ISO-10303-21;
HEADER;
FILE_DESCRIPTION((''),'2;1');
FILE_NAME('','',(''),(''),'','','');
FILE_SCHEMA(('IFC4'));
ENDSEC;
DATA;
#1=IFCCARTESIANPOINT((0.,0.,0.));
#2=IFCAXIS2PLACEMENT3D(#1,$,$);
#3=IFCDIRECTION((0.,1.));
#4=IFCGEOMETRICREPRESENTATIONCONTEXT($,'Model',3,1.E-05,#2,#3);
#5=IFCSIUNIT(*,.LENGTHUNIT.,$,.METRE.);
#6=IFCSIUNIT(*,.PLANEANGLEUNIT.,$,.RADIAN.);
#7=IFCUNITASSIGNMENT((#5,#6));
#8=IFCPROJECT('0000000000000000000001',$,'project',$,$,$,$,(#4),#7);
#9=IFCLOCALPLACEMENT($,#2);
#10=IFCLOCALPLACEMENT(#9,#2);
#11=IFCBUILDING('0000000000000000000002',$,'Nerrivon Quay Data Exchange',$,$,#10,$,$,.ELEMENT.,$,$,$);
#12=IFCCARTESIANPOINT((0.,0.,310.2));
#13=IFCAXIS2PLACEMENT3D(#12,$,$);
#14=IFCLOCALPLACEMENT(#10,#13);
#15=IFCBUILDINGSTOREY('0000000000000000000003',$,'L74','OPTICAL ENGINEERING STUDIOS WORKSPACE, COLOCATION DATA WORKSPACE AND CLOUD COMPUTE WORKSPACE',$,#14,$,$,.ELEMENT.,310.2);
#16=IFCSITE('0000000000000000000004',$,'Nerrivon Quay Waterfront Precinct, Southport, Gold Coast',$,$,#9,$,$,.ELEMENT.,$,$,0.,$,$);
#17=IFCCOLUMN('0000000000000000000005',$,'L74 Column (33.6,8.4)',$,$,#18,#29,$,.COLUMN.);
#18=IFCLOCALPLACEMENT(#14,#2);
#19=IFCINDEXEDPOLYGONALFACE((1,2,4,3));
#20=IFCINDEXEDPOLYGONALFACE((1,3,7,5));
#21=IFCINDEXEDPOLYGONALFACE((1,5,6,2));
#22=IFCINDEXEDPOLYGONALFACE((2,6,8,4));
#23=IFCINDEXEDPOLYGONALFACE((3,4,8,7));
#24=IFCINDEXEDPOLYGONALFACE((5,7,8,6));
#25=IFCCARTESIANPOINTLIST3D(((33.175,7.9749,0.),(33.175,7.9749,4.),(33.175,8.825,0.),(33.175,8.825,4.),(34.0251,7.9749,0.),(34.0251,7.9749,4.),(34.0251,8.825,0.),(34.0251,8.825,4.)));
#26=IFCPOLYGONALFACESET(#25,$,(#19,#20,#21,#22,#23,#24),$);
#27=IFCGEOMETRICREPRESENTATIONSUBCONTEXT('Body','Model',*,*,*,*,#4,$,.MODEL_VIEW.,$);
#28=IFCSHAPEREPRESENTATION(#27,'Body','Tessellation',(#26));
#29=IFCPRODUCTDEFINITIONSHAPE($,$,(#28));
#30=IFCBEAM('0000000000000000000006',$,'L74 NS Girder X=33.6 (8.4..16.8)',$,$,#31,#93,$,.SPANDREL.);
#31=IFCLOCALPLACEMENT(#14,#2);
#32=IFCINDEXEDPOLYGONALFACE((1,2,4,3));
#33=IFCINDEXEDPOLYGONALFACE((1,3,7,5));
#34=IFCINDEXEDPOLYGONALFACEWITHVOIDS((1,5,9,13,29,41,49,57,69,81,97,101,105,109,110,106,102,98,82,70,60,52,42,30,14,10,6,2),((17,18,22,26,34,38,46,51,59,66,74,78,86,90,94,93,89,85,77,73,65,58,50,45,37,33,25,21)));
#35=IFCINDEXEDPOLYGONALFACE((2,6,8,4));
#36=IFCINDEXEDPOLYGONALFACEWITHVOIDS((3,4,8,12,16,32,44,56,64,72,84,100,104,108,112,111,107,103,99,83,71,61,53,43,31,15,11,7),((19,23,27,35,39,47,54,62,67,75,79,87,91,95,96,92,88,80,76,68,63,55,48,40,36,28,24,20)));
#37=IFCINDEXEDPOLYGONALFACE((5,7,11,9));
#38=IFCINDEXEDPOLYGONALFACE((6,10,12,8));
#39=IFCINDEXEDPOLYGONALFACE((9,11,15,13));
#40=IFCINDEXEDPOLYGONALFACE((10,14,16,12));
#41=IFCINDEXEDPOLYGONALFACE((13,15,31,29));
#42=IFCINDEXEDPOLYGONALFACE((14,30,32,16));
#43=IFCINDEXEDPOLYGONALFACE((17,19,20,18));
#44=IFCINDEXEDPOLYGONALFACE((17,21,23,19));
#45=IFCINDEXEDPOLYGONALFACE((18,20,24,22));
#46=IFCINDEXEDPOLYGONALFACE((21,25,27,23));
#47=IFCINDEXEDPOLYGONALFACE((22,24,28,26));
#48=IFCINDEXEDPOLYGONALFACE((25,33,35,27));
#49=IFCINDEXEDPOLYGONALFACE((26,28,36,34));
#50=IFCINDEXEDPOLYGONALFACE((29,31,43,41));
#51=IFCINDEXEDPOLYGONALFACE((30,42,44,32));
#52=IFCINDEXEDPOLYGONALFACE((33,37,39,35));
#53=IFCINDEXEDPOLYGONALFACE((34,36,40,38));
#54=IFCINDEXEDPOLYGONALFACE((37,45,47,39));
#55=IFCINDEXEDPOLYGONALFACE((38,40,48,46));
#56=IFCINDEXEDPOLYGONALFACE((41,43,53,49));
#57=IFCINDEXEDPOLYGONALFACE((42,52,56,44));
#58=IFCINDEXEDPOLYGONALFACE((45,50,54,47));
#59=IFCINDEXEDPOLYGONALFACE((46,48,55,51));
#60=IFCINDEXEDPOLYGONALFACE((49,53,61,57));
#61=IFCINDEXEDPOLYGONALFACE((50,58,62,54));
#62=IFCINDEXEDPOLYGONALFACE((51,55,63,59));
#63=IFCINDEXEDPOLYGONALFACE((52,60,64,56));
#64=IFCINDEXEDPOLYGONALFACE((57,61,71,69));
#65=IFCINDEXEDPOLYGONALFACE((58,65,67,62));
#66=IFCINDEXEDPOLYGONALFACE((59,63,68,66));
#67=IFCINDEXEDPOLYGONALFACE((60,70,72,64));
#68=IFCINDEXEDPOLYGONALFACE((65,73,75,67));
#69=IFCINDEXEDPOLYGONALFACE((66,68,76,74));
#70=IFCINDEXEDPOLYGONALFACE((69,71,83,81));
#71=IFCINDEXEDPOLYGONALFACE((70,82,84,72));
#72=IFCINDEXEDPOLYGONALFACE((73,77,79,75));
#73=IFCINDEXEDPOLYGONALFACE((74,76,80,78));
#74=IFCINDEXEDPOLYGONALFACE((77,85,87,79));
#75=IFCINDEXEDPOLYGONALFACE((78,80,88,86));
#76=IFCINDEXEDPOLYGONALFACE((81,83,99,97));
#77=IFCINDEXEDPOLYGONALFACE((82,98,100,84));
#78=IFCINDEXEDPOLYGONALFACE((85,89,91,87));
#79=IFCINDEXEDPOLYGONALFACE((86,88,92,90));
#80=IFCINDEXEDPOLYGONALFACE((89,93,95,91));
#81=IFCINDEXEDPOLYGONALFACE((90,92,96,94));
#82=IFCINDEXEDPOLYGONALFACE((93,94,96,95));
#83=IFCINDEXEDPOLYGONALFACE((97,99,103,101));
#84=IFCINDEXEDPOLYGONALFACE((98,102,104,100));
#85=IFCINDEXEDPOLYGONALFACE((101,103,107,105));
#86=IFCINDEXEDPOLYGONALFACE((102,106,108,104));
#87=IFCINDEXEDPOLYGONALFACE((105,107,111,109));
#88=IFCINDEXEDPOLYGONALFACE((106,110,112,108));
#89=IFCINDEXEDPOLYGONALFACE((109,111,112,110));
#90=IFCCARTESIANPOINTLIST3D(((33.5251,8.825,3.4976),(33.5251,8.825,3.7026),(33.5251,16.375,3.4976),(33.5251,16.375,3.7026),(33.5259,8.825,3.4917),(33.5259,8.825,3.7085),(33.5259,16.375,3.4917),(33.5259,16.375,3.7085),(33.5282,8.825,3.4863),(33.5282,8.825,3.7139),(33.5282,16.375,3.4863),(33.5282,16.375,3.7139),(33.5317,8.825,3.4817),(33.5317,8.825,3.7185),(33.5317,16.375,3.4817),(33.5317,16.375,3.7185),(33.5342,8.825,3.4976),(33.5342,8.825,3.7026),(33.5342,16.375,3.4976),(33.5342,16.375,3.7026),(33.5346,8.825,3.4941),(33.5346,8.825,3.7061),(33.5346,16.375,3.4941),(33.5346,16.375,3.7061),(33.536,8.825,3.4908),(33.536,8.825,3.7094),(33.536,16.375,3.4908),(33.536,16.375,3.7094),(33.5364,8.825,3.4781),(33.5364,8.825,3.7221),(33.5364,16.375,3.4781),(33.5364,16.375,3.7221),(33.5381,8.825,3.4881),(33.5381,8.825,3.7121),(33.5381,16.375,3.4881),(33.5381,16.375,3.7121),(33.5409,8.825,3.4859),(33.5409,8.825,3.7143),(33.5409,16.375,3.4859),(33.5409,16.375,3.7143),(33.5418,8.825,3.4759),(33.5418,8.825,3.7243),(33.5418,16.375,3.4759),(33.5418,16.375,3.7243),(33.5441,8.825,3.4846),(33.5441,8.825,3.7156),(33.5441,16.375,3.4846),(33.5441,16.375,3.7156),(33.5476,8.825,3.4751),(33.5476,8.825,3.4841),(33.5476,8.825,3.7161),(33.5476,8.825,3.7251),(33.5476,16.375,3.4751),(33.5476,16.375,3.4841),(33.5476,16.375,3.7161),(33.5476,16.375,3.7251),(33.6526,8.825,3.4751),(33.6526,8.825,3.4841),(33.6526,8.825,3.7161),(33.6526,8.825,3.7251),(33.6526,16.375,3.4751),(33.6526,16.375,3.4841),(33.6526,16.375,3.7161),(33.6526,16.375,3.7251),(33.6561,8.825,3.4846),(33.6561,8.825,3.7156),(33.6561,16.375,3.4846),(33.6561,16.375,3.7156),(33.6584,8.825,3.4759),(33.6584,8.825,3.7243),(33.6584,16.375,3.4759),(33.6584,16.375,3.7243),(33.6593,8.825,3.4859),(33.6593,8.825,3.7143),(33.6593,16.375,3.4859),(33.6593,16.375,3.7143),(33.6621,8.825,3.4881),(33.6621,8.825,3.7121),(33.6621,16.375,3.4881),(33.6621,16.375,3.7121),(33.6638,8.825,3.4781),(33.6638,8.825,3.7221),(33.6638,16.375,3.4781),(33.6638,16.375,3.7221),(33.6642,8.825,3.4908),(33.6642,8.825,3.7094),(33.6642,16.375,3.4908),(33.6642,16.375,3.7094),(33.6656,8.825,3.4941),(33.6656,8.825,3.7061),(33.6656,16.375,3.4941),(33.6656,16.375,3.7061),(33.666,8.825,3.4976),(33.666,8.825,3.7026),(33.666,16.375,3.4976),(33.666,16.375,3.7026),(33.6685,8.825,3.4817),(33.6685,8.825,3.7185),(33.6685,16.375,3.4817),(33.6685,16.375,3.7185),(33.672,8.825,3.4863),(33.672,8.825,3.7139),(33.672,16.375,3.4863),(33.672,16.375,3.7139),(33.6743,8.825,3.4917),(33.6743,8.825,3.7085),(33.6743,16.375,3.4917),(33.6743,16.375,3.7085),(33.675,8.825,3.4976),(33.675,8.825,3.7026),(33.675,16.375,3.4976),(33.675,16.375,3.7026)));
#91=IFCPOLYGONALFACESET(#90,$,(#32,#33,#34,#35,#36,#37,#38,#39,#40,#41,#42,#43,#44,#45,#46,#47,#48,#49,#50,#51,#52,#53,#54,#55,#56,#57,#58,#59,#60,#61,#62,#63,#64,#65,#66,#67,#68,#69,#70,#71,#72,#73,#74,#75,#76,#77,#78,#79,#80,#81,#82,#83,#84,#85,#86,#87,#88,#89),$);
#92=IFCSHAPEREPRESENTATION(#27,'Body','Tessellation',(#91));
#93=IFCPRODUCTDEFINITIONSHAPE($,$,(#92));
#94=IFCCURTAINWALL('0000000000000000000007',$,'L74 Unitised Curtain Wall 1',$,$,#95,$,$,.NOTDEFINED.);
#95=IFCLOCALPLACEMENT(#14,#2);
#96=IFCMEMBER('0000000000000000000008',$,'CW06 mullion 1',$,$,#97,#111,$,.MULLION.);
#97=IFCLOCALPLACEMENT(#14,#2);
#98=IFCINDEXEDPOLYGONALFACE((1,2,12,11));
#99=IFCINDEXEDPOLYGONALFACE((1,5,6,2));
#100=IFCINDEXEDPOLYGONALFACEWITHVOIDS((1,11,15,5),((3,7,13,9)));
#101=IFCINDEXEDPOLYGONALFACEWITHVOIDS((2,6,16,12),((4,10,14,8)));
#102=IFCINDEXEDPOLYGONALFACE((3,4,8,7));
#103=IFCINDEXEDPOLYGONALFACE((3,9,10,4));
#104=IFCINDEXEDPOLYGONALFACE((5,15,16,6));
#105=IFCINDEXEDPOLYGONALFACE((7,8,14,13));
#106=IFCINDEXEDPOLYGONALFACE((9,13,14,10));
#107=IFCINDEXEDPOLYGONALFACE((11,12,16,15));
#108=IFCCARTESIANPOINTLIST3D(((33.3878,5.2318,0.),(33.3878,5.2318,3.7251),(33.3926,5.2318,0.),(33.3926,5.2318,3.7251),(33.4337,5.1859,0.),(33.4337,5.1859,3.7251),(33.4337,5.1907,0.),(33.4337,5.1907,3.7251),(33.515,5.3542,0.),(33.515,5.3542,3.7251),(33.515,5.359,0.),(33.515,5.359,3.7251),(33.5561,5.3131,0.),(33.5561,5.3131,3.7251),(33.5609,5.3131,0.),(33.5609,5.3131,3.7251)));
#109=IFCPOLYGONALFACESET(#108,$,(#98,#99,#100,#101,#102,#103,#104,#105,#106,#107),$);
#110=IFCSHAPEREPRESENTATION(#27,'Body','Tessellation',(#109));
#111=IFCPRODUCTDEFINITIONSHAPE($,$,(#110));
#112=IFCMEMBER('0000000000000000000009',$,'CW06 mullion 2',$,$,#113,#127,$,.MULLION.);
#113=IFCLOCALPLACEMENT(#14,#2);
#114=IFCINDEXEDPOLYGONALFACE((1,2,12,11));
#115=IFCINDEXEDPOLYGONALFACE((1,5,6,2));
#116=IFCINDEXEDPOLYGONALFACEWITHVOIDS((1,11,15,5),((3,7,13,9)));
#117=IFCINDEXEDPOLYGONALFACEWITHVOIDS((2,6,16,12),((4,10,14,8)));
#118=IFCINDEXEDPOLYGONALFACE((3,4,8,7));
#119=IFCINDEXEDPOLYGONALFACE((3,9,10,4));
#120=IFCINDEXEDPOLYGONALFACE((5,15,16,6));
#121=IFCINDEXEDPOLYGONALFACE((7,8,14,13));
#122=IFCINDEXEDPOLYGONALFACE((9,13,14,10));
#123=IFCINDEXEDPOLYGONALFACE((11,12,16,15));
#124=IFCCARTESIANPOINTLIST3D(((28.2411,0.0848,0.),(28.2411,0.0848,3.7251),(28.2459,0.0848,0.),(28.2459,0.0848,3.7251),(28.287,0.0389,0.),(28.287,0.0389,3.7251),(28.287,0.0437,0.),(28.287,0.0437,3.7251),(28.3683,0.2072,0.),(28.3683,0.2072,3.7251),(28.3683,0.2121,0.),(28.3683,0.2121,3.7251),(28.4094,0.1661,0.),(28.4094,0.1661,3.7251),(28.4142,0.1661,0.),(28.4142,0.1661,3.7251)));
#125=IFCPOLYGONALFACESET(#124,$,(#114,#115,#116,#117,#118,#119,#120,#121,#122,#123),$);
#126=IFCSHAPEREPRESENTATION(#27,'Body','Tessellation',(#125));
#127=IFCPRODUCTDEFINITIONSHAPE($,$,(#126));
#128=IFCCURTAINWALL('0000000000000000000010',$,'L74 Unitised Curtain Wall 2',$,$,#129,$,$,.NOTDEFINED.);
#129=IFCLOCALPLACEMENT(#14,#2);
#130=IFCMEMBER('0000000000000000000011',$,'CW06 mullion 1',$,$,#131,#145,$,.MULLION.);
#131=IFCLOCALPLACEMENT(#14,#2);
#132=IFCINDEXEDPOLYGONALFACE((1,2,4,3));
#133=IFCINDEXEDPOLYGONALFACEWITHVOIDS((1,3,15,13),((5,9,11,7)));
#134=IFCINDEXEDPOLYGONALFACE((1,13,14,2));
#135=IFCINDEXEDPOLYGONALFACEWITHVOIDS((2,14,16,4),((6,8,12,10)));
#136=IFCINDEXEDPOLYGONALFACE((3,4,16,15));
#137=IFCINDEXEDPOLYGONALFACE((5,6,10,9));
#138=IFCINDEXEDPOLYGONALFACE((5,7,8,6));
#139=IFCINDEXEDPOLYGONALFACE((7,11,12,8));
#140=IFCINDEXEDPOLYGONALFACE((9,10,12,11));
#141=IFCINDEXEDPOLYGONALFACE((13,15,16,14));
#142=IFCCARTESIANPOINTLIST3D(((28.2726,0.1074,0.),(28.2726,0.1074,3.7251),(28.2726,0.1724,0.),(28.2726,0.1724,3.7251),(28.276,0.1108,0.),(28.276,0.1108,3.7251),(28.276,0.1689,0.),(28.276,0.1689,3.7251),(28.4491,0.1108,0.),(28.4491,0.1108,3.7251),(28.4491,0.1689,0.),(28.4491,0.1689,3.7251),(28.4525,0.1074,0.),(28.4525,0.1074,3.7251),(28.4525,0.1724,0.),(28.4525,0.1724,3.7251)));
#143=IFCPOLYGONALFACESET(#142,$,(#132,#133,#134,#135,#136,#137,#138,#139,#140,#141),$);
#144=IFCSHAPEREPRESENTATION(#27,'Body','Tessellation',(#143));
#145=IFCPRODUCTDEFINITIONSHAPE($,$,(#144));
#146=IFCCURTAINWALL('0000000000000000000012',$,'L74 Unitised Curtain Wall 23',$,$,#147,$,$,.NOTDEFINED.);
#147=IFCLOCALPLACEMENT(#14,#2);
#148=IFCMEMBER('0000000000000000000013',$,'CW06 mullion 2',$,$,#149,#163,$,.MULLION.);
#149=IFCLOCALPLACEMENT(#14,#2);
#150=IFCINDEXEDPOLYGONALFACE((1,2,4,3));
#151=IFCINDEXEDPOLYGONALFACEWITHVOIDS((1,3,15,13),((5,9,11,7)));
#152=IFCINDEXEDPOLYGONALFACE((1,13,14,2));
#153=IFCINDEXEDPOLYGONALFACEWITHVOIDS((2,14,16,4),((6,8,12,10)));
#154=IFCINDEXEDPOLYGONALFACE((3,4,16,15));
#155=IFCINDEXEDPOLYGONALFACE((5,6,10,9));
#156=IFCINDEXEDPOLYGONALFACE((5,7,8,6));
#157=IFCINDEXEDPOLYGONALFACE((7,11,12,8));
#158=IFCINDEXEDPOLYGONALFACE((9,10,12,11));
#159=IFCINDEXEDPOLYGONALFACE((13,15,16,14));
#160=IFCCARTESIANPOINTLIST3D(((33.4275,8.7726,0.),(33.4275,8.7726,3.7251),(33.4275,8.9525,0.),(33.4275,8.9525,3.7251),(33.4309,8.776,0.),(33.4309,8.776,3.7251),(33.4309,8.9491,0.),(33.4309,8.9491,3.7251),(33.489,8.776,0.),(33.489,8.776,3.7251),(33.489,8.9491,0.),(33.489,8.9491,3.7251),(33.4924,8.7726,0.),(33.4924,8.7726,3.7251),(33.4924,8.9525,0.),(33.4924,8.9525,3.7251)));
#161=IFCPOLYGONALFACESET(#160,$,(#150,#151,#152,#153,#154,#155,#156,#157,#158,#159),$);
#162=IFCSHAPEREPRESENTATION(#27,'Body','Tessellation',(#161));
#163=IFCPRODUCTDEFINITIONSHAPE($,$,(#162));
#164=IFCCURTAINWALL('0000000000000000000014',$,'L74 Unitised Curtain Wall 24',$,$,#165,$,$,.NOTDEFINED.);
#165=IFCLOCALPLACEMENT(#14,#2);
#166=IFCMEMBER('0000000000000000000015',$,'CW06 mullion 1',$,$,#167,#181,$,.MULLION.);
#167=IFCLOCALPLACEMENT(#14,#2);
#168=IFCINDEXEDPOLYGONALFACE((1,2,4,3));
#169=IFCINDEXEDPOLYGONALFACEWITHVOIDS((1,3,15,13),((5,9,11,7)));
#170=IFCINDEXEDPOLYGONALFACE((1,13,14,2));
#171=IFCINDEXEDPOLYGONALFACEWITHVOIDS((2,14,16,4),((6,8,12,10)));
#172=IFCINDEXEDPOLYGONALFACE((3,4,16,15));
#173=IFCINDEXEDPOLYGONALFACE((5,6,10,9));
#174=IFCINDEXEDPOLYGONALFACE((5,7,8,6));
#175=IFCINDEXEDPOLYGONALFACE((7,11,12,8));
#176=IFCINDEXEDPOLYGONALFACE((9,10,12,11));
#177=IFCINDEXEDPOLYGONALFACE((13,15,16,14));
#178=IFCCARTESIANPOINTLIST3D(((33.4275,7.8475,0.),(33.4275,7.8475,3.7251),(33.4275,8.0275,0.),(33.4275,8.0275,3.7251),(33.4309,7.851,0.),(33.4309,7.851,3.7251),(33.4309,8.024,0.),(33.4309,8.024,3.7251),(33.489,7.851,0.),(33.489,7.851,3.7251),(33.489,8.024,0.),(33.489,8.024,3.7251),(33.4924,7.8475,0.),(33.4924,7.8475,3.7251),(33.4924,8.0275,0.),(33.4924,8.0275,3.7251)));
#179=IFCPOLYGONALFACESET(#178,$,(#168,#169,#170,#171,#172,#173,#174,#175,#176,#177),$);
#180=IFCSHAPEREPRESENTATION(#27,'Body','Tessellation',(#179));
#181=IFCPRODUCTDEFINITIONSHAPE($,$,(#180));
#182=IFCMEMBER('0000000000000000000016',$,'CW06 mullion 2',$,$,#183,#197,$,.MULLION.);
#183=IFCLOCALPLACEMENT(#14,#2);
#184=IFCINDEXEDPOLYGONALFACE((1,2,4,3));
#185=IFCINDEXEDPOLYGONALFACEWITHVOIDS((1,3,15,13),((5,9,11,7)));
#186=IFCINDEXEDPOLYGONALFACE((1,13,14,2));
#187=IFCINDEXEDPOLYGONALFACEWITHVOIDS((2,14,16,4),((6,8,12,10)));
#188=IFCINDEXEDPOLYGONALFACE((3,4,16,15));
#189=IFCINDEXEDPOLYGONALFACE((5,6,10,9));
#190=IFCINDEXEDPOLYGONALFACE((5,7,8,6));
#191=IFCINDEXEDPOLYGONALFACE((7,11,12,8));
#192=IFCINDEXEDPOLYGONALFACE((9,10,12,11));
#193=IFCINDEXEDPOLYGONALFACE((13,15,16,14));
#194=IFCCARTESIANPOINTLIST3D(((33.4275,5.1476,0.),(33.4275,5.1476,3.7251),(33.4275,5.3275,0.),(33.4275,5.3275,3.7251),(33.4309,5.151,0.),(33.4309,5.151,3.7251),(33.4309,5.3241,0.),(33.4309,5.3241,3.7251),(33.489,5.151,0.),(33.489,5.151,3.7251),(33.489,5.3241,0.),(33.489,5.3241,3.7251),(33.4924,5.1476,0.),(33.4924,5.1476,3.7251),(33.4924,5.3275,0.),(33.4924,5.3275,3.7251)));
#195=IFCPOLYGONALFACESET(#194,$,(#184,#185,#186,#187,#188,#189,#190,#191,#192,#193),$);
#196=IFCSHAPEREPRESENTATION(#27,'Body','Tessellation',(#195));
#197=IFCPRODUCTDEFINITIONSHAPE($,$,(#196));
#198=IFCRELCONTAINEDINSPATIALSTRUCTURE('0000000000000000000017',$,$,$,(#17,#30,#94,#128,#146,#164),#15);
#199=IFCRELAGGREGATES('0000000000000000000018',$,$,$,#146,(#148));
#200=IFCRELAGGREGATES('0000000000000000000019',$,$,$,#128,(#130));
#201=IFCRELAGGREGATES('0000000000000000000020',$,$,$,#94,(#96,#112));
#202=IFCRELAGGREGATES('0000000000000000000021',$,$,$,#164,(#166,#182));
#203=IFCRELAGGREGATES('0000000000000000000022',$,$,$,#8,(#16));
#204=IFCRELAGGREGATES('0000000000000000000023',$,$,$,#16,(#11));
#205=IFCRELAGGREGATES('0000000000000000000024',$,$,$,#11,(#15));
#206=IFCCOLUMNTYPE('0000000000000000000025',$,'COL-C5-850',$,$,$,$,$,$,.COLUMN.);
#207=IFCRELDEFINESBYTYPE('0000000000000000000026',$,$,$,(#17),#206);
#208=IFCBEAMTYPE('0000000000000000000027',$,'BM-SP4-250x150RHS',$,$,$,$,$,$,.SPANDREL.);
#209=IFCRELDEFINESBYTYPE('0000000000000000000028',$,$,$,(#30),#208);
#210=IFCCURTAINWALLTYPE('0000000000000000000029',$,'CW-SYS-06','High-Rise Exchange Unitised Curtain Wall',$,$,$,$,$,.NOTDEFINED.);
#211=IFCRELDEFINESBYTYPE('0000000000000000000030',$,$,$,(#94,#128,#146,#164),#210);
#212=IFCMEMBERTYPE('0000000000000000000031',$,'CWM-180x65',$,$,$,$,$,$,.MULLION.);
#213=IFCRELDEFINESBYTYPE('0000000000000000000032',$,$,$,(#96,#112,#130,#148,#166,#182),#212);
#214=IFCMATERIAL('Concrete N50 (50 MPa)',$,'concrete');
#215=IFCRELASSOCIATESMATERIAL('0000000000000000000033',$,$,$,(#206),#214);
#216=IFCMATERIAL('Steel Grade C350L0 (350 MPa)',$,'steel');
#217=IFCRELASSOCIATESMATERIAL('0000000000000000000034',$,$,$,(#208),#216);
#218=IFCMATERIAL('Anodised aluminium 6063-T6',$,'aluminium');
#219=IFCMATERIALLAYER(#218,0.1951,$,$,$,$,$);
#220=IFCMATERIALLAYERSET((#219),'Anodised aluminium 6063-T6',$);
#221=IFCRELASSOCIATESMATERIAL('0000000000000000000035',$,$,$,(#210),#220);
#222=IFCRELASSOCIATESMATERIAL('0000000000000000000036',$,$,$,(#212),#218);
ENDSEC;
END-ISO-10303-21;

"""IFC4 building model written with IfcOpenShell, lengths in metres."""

from ifc_helpers import new_model, si_unit, direction, frame, origin, origin_2d, place, context, subcontext, project, spatial, rectangle, hollow_rectangle, extrude, material, layer, layer_set, material_profile, profile_set, type_object, element, aggregate, save


model = new_model("IFC4")

# Units and contexts
model_context = context("Model", 3, precision=1e-05, world=origin(), true_north=direction((0.0, 1.0)))
body_context = subcontext(model_context, "Body", "Model", "MODEL_VIEW")
ifc_project = project(units=[si_unit("LENGTHUNIT", "METRE"), si_unit("PLANEANGLEUNIT", "RADIAN")], contexts=[model_context])

# Site, building, storey
site_placement = place(None, origin())
site = spatial("IfcSite", under=ifc_project, at=site_placement, Name="Nerrivon Quay Waterfront Precinct, Southport, Gold Coast", CompositionType="ELEMENT", RefElevation=0.0)
building_placement = place(site_placement, origin())
building = spatial("IfcBuilding", under=site, at=building_placement, Name="Nerrivon Quay Data Exchange", CompositionType="ELEMENT")
storey_placement = place(building_placement, frame((0.0, 0.0, 310.2)))
storey = spatial("IfcBuildingStorey", under=building, at=storey_placement, Name="L74", Description="OPTICAL ENGINEERING STUDIOS WORKSPACE, COLOCATION DATA WORKSPACE AND CLOUD COMPUTE WORKSPACE", CompositionType="ELEMENT", Elevation=310.2)

# Column
ifc_material_1 = material(Name="Concrete N50 (50 MPa)", Category="concrete")
ifc_material_profile_1 = material_profile(ifc_material_1, rectangle(XDim=0.8501, YDim=0.8501, at=origin_2d()), Name="RC-COL-850x850")
ifc_profile_set_1 = profile_set([ifc_material_profile_1], Name="Concrete N50 (50 MPa)")
column_type = type_object("IfcColumnType", Name="COL-C5-850", PredefinedType="COLUMN", material=ifc_profile_set_1)
column_placement = place(storey_placement, frame((33.6001, 8.3999, 0.0), z_axis=(0.0, 0.0, 1.0), x_axis=(1.0, 0.0, 0.0)))
element("IfcColumn", 1, at=column_placement, inside=storey, type_object=column_type, Name="L74 Column (33.6,8.4)", PredefinedType="COLUMN", context=body_context, shape_type="SweptSolid", body=[
    extrude(rectangle(XDim=0.8501, YDim=0.8501, at=origin_2d()), origin(), (0.0, 0.0, 1.0), 4.0),
])

# Beam
ifc_material_2 = material(Name="Steel Grade C350L0 (350 MPa)", Category="steel")
ifc_material_profile_2 = material_profile(ifc_material_2, hollow_rectangle(XDim=0.1499, YDim=0.25, WallThickness=0.009, InnerFilletRadius=0.0134, OuterFilletRadius=0.0225, at=origin_2d()), Name="250x150x9.0RHS")
ifc_profile_set_2 = profile_set([ifc_material_profile_2], Name="Steel Grade C350L0 (350 MPa)")
beam_type = type_object("IfcBeamType", Name="BM-SP4-250x150RHS", PredefinedType="SPANDREL", material=ifc_profile_set_2)
beam_placement = place(storey_placement, frame((33.6001, 8.825, 3.6001), z_axis=(0.0, 1.0, 0.0), x_axis=(-1.0, 0.0, 0.0)))
element("IfcBeam", 2, at=beam_placement, inside=storey, type_object=beam_type, Name="L74 NS Girder X=33.6 (8.4..16.8)", PredefinedType="SPANDREL", context=body_context, shape_type="SweptSolid", body=[
    extrude(hollow_rectangle(XDim=0.1499, YDim=0.25, WallThickness=0.009, InnerFilletRadius=0.0134, OuterFilletRadius=0.0225, at=origin_2d()), origin(), (0.0, 0.0, 1.0), 7.55),
])

# Curtain wall, members
ifc_material_3 = material(Name="Anodised aluminium 6063-T6", Category="aluminium")
ifc_layer_1 = layer(ifc_material_3, 0.1951)
ifc_layer_set_1 = layer_set([ifc_layer_1], Name="Anodised aluminium 6063-T6")
curtain_wall_type = type_object("IfcCurtainWallType", Name="CW-SYS-06", Description="High-Rise Exchange Unitised Curtain Wall", PredefinedType="NOTDEFINED", material=ifc_layer_set_1)
curtain_wall_1_placement = place(storey_placement, origin())
curtain_wall_1 = element("IfcCurtainWall", 3, at=curtain_wall_1_placement, inside=storey, type_object=curtain_wall_type, Name="L74 Unitised Curtain Wall 1", PredefinedType="NOTDEFINED")
ifc_material_profile_3 = material_profile(ifc_material_3, hollow_rectangle(XDim=0.0649, YDim=0.1799, WallThickness=0.0034, at=origin_2d()), Name="ALU-MULL-180x65")
ifc_profile_set_3 = profile_set([ifc_material_profile_3], Name="Anodised aluminium 6063-T6")
member_type_1 = type_object("IfcMemberType", Name="CWM-180x65", PredefinedType="MULLION", material=ifc_profile_set_3)
member_1_placement = place(storey_placement, frame((33.4744, 5.2725, 0.0), z_axis=(0.0, 0.0, 1.0), x_axis=(0.707107, -0.707107, 0.0)))
member_1 = element("IfcMember", 4, at=member_1_placement, type_object=member_type_1, Name="CW06 mullion 1", PredefinedType="MULLION", context=body_context, shape_type="SweptSolid", body=[
    extrude(hollow_rectangle(XDim=0.0649, YDim=0.1799, WallThickness=0.0034, at=origin_2d()), origin(), (0.0, 0.0, 1.0), 3.7251),
])
member_2_placement = place(storey_placement, frame((28.3276, 0.1255, 0.0), z_axis=(0.0, 0.0, 1.0), x_axis=(0.707107, -0.707107, 0.0)))
member_2 = element("IfcMember", 5, at=member_2_placement, type_object=member_type_1, Name="CW06 mullion 2", PredefinedType="MULLION", context=body_context, shape_type="SweptSolid", body=[
    extrude(hollow_rectangle(XDim=0.0649, YDim=0.1799, WallThickness=0.0034, at=origin_2d()), origin(), (0.0, 0.0, 1.0), 3.7251),
])

# Curtain walls, members
curtain_wall_2_placement = place(storey_placement, origin())
curtain_wall_2 = element("IfcCurtainWall", 6, at=curtain_wall_2_placement, inside=storey, type_object=curtain_wall_type, Name="L74 Unitised Curtain Wall 2", PredefinedType="NOTDEFINED")
member_3_placement = place(storey_placement, frame((28.3625, 0.1399, 0.0), z_axis=(0.0, 0.0, 1.0), x_axis=(0.0, -1.0, 0.0)))
member_3 = element("IfcMember", 7, at=member_3_placement, type_object=member_type_1, Name="CW06 mullion 1", PredefinedType="MULLION", context=body_context, shape_type="SweptSolid", body=[
    extrude(hollow_rectangle(XDim=0.0649, YDim=0.1799, WallThickness=0.0034, at=origin_2d()), origin(), (0.0, 0.0, 1.0), 3.7251),
])
curtain_wall_3_placement = place(storey_placement, origin())
curtain_wall_3 = element("IfcCurtainWall", 8, at=curtain_wall_3_placement, inside=storey, type_object=curtain_wall_type, Name="L74 Unitised Curtain Wall 23", PredefinedType="NOTDEFINED")
member_4_placement = place(storey_placement, frame((33.46, 8.8625, 0.0), z_axis=(0.0, 0.0, 1.0), x_axis=(1.0, 0.0, 0.0)))
member_4 = element("IfcMember", 9, at=member_4_placement, type_object=member_type_1, Name="CW06 mullion 2", PredefinedType="MULLION", context=body_context, shape_type="SweptSolid", body=[
    extrude(hollow_rectangle(XDim=0.0649, YDim=0.1799, WallThickness=0.0034, at=origin_2d()), origin(), (0.0, 0.0, 1.0), 3.7251),
])
aggregate(curtain_wall_3, [member_4])

# Curtain wall, members
curtain_wall_4_placement = place(storey_placement, origin())
curtain_wall_4 = element("IfcCurtainWall", 10, at=curtain_wall_4_placement, inside=storey, type_object=curtain_wall_type, Name="L74 Unitised Curtain Wall 24", PredefinedType="NOTDEFINED")
member_5_placement = place(storey_placement, frame((33.46, 7.9375, 0.0), z_axis=(0.0, 0.0, 1.0), x_axis=(1.0, 0.0, 0.0)))
member_5 = element("IfcMember", 11, at=member_5_placement, type_object=member_type_1, Name="CW06 mullion 1", PredefinedType="MULLION", context=body_context, shape_type="SweptSolid", body=[
    extrude(hollow_rectangle(XDim=0.0649, YDim=0.1799, WallThickness=0.0034, at=origin_2d()), origin(), (0.0, 0.0, 1.0), 3.7251),
])
member_6_placement = place(storey_placement, frame((33.46, 5.2375, 0.0), z_axis=(0.0, 0.0, 1.0), x_axis=(1.0, 0.0, 0.0)))
member_6 = element("IfcMember", 12, at=member_6_placement, type_object=member_type_1, Name="CW06 mullion 2", PredefinedType="MULLION", context=body_context, shape_type="SweptSolid", body=[
    extrude(hollow_rectangle(XDim=0.0649, YDim=0.1799, WallThickness=0.0034, at=origin_2d()), origin(), (0.0, 0.0, 1.0), 3.7251),
])

aggregate(curtain_wall_2, [member_3])

aggregate(curtain_wall_1, [member_1, member_2])
aggregate(curtain_wall_4, [member_5, member_6])

save(model, "model.ifc")
